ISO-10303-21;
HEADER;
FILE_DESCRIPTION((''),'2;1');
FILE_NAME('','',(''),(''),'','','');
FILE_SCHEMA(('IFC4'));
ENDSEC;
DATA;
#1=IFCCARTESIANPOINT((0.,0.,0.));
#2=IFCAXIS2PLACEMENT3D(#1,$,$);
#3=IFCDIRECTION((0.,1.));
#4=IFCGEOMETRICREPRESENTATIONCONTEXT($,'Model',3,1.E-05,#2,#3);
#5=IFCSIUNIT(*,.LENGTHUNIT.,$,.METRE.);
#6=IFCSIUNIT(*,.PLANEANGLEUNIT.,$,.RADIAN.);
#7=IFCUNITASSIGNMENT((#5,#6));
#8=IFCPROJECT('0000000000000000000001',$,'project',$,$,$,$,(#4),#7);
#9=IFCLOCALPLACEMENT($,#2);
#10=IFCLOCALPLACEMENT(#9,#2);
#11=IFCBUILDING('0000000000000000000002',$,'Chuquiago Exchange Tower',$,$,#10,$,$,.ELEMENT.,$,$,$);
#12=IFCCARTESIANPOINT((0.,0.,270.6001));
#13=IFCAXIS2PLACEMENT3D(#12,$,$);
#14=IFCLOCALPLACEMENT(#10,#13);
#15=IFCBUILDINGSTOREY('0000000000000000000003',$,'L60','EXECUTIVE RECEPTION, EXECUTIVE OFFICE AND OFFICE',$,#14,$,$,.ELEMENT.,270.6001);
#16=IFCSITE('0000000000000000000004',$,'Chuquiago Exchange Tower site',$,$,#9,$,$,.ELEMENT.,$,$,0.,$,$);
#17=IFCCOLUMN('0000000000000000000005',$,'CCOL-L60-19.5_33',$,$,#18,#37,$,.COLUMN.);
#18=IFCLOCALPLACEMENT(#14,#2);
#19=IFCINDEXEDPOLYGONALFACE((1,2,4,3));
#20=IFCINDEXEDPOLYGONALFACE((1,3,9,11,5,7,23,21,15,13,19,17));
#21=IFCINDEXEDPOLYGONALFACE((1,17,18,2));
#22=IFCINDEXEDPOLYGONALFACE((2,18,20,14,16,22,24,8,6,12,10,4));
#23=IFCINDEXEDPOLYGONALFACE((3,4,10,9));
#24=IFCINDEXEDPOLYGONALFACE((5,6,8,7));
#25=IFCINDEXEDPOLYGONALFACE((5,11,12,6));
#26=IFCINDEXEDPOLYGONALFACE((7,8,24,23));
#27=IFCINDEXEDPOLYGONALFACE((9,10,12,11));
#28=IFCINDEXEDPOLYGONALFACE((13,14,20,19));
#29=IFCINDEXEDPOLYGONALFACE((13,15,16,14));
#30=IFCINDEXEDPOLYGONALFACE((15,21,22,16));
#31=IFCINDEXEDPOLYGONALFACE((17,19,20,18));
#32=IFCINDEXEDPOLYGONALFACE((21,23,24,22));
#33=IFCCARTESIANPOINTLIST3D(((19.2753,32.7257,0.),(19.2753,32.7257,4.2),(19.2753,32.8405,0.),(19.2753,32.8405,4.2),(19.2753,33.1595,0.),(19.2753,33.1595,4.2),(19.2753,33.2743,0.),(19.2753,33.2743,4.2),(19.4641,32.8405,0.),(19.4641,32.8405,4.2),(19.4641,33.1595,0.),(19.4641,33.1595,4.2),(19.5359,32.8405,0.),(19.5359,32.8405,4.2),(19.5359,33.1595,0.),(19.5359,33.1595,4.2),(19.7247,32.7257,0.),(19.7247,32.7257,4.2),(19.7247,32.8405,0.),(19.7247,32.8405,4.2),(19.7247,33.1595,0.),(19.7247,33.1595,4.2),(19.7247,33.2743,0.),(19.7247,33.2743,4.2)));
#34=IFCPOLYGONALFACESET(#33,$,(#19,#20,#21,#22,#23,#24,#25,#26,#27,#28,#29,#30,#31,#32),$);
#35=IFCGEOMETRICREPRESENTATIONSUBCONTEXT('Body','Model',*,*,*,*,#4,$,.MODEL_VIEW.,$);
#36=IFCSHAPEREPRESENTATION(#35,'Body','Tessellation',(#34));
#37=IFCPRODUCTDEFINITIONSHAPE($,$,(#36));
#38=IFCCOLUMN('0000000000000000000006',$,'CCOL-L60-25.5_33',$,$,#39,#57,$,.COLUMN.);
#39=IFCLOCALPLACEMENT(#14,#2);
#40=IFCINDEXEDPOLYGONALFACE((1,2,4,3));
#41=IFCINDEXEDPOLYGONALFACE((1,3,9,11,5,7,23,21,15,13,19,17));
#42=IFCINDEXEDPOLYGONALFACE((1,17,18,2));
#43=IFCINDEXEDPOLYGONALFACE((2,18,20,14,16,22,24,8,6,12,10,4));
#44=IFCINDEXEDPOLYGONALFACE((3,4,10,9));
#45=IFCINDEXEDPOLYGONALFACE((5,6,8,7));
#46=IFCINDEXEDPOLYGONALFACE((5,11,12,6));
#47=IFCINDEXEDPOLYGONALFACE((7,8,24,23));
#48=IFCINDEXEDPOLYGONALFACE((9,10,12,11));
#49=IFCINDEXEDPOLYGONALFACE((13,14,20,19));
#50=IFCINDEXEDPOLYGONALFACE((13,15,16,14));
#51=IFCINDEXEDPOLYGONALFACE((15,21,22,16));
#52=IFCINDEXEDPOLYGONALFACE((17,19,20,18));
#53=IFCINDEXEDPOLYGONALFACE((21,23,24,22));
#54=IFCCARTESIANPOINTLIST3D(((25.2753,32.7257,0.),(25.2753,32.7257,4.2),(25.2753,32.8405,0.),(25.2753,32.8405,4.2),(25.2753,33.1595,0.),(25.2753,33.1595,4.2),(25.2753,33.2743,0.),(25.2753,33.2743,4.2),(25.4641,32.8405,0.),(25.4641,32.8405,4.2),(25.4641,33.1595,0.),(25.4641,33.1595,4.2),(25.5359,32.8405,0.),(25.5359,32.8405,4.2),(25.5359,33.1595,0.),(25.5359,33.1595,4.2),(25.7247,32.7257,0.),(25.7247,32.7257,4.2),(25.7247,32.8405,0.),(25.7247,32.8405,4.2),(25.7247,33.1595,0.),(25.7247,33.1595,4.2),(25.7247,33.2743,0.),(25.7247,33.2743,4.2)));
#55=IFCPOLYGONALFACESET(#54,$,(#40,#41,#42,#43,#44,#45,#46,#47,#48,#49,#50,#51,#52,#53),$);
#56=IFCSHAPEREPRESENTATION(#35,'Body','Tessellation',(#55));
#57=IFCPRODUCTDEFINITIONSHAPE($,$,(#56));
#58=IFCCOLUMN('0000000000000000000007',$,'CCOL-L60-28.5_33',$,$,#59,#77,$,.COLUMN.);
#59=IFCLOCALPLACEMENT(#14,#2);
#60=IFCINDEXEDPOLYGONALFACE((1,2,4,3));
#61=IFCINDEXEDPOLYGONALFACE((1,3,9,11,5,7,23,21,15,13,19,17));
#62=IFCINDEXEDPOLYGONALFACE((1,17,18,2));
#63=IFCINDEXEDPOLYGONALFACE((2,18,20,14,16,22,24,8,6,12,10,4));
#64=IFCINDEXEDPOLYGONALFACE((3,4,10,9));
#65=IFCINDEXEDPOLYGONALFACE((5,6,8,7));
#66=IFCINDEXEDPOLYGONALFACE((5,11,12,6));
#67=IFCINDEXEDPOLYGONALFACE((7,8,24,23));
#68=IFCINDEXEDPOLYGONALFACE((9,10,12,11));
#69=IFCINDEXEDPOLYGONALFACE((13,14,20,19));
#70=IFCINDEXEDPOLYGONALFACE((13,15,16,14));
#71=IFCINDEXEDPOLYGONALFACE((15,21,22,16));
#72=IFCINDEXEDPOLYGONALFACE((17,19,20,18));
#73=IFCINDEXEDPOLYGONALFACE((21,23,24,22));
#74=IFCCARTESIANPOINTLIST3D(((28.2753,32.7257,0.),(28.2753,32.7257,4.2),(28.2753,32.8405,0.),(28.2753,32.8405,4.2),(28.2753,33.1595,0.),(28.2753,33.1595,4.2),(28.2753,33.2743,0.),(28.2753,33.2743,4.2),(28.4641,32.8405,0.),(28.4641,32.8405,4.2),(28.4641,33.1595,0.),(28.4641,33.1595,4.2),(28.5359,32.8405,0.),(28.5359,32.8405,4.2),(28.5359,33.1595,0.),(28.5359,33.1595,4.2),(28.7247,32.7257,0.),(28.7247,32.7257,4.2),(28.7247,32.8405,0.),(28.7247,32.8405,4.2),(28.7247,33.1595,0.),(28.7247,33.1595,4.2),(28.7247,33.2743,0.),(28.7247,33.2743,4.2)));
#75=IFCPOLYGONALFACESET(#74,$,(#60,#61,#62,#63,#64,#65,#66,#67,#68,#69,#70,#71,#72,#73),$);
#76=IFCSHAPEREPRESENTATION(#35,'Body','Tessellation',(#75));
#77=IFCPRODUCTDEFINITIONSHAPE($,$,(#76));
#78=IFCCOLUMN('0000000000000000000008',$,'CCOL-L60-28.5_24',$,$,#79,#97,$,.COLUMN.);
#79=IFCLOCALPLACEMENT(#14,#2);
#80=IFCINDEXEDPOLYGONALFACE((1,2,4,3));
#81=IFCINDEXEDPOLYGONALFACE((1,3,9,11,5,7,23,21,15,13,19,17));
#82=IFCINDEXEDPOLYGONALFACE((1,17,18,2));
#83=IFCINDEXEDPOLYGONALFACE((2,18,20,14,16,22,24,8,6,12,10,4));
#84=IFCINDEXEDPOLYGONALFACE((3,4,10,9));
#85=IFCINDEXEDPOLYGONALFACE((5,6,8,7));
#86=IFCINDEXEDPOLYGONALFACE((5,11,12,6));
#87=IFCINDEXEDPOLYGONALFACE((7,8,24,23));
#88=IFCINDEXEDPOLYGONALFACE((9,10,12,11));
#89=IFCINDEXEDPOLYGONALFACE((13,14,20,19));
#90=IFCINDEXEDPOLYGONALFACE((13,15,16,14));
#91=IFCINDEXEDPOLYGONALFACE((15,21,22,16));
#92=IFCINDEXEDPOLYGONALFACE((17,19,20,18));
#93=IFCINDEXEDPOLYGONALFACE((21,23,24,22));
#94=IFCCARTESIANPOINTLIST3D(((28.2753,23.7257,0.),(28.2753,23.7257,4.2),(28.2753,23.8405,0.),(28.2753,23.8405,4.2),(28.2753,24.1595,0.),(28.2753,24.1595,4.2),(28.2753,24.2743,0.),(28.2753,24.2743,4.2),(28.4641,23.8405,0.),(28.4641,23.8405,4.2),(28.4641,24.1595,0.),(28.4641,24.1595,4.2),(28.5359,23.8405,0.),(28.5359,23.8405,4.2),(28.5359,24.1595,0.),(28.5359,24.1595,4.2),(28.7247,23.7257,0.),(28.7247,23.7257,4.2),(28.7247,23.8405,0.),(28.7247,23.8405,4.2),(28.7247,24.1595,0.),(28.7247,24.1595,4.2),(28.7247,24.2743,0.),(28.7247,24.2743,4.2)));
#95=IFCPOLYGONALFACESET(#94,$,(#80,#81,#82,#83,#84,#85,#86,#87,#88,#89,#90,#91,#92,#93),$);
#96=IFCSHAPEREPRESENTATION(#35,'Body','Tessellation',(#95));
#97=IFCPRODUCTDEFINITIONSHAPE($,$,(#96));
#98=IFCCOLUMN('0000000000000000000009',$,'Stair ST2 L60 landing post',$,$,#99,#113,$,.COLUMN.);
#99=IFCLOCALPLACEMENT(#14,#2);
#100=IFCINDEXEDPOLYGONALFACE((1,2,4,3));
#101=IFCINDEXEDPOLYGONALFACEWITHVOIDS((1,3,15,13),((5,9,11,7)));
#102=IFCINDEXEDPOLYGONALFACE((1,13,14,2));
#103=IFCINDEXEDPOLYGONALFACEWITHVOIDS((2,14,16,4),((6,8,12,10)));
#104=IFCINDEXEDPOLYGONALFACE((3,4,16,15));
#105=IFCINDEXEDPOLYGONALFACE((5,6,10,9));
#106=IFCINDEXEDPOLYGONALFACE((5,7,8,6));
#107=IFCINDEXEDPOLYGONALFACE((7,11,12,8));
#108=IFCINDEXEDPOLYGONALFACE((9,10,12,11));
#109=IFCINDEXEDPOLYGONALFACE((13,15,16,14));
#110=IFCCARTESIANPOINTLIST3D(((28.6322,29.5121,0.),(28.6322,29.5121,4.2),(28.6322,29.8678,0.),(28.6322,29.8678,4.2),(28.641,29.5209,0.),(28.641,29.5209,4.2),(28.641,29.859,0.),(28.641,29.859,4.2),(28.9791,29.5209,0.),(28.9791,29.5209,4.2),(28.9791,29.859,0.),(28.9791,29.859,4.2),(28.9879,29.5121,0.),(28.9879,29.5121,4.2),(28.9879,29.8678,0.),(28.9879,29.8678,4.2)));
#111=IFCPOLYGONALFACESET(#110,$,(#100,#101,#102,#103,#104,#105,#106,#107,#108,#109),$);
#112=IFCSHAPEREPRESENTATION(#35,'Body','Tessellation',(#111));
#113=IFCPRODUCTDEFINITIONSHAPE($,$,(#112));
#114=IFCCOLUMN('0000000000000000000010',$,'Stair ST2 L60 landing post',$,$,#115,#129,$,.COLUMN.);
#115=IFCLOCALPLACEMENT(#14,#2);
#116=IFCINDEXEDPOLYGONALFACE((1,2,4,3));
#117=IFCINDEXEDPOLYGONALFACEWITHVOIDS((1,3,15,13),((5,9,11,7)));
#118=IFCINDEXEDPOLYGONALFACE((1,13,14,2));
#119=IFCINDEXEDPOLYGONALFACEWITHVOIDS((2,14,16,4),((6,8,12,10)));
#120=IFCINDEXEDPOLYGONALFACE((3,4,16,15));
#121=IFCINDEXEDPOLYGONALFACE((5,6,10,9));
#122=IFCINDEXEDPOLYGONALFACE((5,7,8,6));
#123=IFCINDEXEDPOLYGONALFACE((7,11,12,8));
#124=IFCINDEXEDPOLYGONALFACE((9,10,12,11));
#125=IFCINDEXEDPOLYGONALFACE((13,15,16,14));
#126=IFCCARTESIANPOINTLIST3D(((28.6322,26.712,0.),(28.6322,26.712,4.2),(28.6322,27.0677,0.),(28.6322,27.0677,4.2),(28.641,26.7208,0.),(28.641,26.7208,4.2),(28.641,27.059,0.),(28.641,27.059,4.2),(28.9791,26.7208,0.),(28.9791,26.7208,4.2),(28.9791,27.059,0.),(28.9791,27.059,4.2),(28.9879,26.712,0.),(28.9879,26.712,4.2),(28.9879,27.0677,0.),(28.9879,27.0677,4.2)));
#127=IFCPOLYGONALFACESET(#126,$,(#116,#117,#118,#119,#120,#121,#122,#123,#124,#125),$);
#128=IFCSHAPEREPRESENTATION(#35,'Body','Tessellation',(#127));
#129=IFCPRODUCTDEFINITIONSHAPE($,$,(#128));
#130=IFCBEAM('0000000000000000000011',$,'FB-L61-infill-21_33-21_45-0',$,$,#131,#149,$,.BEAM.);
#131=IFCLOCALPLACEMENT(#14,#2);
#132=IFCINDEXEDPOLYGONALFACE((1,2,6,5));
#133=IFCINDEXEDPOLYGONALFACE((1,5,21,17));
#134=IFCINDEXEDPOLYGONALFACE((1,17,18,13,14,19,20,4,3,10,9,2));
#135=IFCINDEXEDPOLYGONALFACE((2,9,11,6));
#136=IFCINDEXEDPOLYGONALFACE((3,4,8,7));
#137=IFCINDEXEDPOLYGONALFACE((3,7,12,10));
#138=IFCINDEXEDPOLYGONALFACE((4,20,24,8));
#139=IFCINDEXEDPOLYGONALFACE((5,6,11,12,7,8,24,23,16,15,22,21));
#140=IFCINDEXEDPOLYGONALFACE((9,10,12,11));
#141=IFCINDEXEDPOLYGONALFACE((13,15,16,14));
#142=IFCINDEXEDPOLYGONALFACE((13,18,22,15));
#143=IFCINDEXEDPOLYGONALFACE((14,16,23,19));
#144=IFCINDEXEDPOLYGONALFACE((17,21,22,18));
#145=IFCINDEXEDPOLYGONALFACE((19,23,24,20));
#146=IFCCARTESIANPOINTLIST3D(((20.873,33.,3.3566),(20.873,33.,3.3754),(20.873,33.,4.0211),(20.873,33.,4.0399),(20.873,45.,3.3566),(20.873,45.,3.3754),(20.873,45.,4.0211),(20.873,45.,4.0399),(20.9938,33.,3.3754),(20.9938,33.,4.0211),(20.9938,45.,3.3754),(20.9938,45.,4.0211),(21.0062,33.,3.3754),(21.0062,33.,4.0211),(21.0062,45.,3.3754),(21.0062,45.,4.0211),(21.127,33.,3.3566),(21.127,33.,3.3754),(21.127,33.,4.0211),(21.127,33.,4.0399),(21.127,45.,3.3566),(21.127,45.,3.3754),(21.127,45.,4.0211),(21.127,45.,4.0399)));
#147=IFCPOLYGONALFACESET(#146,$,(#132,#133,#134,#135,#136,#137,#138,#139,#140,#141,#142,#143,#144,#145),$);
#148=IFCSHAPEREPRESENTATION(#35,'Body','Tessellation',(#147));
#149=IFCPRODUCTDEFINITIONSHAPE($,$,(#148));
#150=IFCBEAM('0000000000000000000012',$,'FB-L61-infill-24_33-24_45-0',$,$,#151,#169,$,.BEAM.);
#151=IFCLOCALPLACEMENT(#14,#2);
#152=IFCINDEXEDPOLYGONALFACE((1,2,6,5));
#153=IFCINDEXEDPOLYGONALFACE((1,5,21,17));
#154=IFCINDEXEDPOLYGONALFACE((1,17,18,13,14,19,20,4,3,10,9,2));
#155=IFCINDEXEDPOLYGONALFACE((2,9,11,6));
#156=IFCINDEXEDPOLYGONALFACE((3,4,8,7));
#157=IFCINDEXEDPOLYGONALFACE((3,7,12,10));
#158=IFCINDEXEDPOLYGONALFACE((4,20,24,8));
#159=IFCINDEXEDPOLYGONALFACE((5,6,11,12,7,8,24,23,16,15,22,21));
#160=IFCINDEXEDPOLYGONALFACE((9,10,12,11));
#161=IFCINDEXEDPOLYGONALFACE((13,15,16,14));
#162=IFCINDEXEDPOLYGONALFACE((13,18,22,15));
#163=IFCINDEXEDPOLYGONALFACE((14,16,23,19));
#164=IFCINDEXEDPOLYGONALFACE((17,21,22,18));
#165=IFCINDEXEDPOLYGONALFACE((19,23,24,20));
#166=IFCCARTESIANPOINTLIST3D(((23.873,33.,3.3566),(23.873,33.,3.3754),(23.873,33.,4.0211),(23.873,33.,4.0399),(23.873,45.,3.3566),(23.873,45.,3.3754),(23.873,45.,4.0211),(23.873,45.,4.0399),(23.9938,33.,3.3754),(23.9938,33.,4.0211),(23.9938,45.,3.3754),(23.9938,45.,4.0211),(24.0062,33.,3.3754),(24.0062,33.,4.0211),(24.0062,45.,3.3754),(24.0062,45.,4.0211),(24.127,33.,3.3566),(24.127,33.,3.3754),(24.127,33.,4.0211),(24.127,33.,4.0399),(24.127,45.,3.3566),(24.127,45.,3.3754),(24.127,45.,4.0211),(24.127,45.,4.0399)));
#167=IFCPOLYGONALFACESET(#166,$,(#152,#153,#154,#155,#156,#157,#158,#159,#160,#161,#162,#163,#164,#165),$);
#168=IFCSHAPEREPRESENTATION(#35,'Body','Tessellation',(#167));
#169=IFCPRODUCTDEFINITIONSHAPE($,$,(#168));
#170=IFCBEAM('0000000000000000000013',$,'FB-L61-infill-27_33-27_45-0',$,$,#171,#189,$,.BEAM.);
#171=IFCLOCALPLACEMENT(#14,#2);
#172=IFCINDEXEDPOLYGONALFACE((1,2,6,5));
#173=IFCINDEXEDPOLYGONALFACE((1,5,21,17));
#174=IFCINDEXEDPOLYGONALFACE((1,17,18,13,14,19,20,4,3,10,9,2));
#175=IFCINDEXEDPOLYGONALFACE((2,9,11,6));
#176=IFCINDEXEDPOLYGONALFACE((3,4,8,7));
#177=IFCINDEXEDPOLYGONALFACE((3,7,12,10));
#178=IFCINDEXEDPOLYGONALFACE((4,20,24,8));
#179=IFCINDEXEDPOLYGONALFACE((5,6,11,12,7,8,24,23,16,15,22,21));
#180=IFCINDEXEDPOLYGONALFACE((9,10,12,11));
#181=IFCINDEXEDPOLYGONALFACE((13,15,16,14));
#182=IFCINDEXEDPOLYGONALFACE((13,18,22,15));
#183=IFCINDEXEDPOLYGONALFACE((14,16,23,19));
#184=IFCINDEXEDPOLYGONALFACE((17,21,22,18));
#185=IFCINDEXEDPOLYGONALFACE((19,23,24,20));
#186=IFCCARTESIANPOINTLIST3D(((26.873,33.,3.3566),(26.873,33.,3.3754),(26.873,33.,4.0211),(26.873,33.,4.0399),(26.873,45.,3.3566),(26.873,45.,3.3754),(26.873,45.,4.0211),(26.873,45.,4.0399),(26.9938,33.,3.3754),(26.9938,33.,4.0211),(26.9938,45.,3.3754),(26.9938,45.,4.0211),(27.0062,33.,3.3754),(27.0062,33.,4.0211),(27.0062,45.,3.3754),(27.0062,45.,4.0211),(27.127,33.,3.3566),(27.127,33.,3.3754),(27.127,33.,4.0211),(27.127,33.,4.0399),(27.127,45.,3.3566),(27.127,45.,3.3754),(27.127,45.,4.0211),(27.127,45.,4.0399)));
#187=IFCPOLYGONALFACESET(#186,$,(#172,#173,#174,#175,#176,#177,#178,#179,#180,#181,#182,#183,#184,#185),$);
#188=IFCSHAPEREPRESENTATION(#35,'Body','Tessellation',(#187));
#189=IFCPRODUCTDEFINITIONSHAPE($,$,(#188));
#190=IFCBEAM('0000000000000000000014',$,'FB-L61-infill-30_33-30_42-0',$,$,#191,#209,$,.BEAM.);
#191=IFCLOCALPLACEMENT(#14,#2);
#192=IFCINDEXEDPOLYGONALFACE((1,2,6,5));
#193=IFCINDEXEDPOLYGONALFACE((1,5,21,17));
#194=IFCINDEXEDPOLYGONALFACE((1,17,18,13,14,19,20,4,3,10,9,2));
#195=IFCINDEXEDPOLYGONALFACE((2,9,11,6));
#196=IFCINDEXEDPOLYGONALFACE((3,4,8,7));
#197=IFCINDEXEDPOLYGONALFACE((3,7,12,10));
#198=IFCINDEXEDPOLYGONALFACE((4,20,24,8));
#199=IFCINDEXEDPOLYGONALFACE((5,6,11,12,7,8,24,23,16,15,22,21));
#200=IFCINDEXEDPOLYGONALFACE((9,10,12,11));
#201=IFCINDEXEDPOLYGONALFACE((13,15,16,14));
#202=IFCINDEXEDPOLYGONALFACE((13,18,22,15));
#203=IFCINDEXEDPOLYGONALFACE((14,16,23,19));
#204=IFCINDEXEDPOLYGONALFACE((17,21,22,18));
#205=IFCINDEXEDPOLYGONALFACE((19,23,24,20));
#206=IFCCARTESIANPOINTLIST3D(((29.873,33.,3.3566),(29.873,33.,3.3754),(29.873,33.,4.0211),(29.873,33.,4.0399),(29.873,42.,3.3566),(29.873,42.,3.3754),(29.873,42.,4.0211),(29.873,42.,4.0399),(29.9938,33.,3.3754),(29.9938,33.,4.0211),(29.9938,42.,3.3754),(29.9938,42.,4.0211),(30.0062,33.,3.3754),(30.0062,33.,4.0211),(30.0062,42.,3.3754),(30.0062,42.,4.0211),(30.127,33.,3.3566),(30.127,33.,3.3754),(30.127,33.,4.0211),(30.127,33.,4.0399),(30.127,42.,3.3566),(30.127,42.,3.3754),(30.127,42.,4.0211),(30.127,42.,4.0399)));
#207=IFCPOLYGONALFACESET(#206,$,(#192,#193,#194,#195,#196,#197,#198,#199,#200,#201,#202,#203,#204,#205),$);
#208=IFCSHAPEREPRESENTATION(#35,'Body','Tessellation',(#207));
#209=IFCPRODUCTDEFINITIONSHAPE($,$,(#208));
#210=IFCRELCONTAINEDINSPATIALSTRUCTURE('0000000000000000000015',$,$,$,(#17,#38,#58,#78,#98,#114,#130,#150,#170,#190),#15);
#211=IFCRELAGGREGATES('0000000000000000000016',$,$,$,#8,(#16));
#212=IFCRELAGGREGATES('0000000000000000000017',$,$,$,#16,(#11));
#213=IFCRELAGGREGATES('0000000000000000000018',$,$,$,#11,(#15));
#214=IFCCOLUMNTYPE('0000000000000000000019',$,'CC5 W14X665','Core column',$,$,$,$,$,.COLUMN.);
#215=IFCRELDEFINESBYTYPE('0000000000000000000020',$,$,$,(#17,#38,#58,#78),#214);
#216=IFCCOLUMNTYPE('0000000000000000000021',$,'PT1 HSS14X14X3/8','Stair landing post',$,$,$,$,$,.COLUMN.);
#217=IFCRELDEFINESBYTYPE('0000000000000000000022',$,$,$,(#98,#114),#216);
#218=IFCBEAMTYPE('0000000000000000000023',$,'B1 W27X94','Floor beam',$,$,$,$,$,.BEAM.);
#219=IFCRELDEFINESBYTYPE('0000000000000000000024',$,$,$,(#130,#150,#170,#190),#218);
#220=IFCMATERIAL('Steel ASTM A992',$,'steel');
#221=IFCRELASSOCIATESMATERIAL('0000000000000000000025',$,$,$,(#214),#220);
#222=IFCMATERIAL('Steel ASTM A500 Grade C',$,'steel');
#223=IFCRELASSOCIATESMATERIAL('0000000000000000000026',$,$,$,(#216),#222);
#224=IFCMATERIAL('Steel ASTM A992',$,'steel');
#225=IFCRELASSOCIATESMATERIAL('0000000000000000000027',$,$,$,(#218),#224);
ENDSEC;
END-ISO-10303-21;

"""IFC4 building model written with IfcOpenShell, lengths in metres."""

from ifc_helpers import new_model, si_unit, direction, frame, origin, origin_2d, place, context, subcontext, project, spatial, hollow_rectangle, i_section, extrude, material, material_profile, profile_set, type_object, element, save


model = new_model("IFC4")

# Units and contexts
model_context = context("Model", 3, precision=1e-05, world=origin(), true_north=direction((0.0, 1.0)))
body_context = subcontext(model_context, "Body", "Model", "MODEL_VIEW")
ifc_project = project(units=[si_unit("LENGTHUNIT", "METRE"), si_unit("PLANEANGLEUNIT", "RADIAN")], contexts=[model_context])

# Site, building, storey
site_placement = place(None, origin())
site = spatial("IfcSite", under=ifc_project, at=site_placement, Name="Chuquiago Exchange Tower site", CompositionType="ELEMENT", RefElevation=0.0)
building_placement = place(site_placement, origin())
building = spatial("IfcBuilding", under=site, at=building_placement, Name="Chuquiago Exchange Tower", CompositionType="ELEMENT")
storey_placement = place(building_placement, frame((0.0, 0.0, 270.6001)))
storey = spatial("IfcBuildingStorey", under=building, at=storey_placement, Name="L60", Description="EXECUTIVE RECEPTION, EXECUTIVE OFFICE AND OFFICE", CompositionType="ELEMENT", Elevation=270.6001)

# Columns
ifc_material_1 = material(Name="Steel ASTM A992", Category="steel")
ifc_material_profile_1 = material_profile(ifc_material_1, i_section(OverallWidth=0.4495, OverallDepth=0.5486, WebThickness=0.0718, FlangeThickness=0.1147, at=origin_2d()), Name="W14X665")
ifc_profile_set_1 = profile_set([ifc_material_profile_1], Name="Steel ASTM A992")
column_type_1 = type_object("IfcColumnType", Name="CC5 W14X665", Description="Core column", PredefinedType="COLUMN", material=ifc_profile_set_1)
for number, where, z_axis, x_axis, name in (
    (1, (19.5, 33.0, 0.0), (0.0, 0.0, 1.0), (1.0, 0.0, 0.0), "CCOL-L60-19.5_33"),
    (2, (25.5, 33.0, 0.0), (0.0, 0.0, 1.0), (1.0, 0.0, 0.0), "CCOL-L60-25.5_33"),
    (3, (28.5, 33.0, 0.0), (0.0, 0.0, 1.0), (1.0, 0.0, 0.0), "CCOL-L60-28.5_33"),
    (4, (28.5, 24.0, 0.0), (0.0, 0.0, 1.0), (1.0, 0.0, 0.0), "CCOL-L60-28.5_24"),
):
    element("IfcColumn", number, at=place(storey_placement, frame(where, z_axis=z_axis, x_axis=x_axis)), inside=storey, type_object=column_type_1, Name=name, PredefinedType="COLUMN", context=body_context, shape_type="SweptSolid", body=[
        extrude(i_section(OverallWidth=0.4495, OverallDepth=0.5486, WebThickness=0.0718, FlangeThickness=0.1147, at=origin_2d()), origin(), (0.0, 0.0, 1.0), 4.2),
    ])
ifc_material_2 = material(Name="Steel ASTM A500 Grade C", Category="steel")
ifc_material_profile_2 = material_profile(ifc_material_2, hollow_rectangle(XDim=0.3557, YDim=0.3557, WallThickness=0.0088, at=origin_2d()), Name="HSS14X14X3/8")
ifc_profile_set_2 = profile_set([ifc_material_profile_2], Name="Steel ASTM A500 Grade C")
column_type_2 = type_object("IfcColumnType", Name="PT1 HSS14X14X3/8", Description="Stair landing post", PredefinedType="COLUMN", material=ifc_profile_set_2)
for number, where, z_axis, x_axis, name in (
    (5, (28.8101, 29.6899, 0.0), (0.0, 0.0, 1.0), (1.0, 0.0, 0.0), "Stair ST2 L60 landing post"),
    (6, (28.8101, 26.8899, 0.0), (0.0, 0.0, 1.0), (1.0, 0.0, 0.0), "Stair ST2 L60 landing post"),
):
    element("IfcColumn", number, at=place(storey_placement, frame(where, z_axis=z_axis, x_axis=x_axis)), inside=storey, type_object=column_type_2, Name=name, PredefinedType="COLUMN", context=body_context, shape_type="SweptSolid", body=[
        extrude(hollow_rectangle(XDim=0.3557, YDim=0.3557, WallThickness=0.0088, at=origin_2d()), origin(), (0.0, 0.0, 1.0), 4.2),
    ])

# Beams
ifc_material_3 = material(Name="Steel ASTM A992", Category="steel")
ifc_material_profile_3 = material_profile(ifc_material_3, i_section(OverallWidth=0.2539, OverallDepth=0.6833, WebThickness=0.0125, FlangeThickness=0.0188, at=origin_2d()), Name="W27X94")
ifc_profile_set_3 = profile_set([ifc_material_profile_3], Name="Steel ASTM A992")
beam_type_1 = type_object("IfcBeamType", Name="B1 W27X94", Description="Floor beam", PredefinedType="BEAM", material=ifc_profile_set_3)
for number, where, z_axis, x_axis, name in (
    (7, (21.0, 33.0, 3.6982), (0.0, 1.0, 0.0), (-1.0, 0.0, 0.0), "FB-L61-infill-21_33-21_45-0"),
    (8, (24.0, 33.0, 3.6982), (0.0, 1.0, 0.0), (-1.0, 0.0, 0.0), "FB-L61-infill-24_33-24_45-0"),
    (9, (27.0, 33.0, 3.6982), (0.0, 1.0, 0.0), (-1.0, 0.0, 0.0), "FB-L61-infill-27_33-27_45-0"),
):
    element("IfcBeam", number, at=place(storey_placement, frame(where, z_axis=z_axis, x_axis=x_axis)), inside=storey, type_object=beam_type_1, Name=name, PredefinedType="BEAM", context=body_context, shape_type="SweptSolid", body=[
        extrude(i_section(OverallWidth=0.2539, OverallDepth=0.6833, WebThickness=0.0125, FlangeThickness=0.0188, at=origin_2d()), origin(), (0.0, 0.0, 1.0), 12.0),
    ])
beam_1_placement = place(storey_placement, frame((30.0, 33.0, 3.6982), z_axis=(0.0, 1.0, 0.0), x_axis=(-1.0, 0.0, 0.0)))
element("IfcBeam", 10, at=beam_1_placement, inside=storey, type_object=beam_type_1, Name="FB-L61-infill-30_33-30_42-0", PredefinedType="BEAM", context=body_context, shape_type="SweptSolid", body=[
    extrude(i_section(OverallWidth=0.2539, OverallDepth=0.6833, WebThickness=0.0125, FlangeThickness=0.0188, at=origin_2d()), origin(), (0.0, 0.0, 1.0), 9.0),
])

save(model, "model.ifc")
